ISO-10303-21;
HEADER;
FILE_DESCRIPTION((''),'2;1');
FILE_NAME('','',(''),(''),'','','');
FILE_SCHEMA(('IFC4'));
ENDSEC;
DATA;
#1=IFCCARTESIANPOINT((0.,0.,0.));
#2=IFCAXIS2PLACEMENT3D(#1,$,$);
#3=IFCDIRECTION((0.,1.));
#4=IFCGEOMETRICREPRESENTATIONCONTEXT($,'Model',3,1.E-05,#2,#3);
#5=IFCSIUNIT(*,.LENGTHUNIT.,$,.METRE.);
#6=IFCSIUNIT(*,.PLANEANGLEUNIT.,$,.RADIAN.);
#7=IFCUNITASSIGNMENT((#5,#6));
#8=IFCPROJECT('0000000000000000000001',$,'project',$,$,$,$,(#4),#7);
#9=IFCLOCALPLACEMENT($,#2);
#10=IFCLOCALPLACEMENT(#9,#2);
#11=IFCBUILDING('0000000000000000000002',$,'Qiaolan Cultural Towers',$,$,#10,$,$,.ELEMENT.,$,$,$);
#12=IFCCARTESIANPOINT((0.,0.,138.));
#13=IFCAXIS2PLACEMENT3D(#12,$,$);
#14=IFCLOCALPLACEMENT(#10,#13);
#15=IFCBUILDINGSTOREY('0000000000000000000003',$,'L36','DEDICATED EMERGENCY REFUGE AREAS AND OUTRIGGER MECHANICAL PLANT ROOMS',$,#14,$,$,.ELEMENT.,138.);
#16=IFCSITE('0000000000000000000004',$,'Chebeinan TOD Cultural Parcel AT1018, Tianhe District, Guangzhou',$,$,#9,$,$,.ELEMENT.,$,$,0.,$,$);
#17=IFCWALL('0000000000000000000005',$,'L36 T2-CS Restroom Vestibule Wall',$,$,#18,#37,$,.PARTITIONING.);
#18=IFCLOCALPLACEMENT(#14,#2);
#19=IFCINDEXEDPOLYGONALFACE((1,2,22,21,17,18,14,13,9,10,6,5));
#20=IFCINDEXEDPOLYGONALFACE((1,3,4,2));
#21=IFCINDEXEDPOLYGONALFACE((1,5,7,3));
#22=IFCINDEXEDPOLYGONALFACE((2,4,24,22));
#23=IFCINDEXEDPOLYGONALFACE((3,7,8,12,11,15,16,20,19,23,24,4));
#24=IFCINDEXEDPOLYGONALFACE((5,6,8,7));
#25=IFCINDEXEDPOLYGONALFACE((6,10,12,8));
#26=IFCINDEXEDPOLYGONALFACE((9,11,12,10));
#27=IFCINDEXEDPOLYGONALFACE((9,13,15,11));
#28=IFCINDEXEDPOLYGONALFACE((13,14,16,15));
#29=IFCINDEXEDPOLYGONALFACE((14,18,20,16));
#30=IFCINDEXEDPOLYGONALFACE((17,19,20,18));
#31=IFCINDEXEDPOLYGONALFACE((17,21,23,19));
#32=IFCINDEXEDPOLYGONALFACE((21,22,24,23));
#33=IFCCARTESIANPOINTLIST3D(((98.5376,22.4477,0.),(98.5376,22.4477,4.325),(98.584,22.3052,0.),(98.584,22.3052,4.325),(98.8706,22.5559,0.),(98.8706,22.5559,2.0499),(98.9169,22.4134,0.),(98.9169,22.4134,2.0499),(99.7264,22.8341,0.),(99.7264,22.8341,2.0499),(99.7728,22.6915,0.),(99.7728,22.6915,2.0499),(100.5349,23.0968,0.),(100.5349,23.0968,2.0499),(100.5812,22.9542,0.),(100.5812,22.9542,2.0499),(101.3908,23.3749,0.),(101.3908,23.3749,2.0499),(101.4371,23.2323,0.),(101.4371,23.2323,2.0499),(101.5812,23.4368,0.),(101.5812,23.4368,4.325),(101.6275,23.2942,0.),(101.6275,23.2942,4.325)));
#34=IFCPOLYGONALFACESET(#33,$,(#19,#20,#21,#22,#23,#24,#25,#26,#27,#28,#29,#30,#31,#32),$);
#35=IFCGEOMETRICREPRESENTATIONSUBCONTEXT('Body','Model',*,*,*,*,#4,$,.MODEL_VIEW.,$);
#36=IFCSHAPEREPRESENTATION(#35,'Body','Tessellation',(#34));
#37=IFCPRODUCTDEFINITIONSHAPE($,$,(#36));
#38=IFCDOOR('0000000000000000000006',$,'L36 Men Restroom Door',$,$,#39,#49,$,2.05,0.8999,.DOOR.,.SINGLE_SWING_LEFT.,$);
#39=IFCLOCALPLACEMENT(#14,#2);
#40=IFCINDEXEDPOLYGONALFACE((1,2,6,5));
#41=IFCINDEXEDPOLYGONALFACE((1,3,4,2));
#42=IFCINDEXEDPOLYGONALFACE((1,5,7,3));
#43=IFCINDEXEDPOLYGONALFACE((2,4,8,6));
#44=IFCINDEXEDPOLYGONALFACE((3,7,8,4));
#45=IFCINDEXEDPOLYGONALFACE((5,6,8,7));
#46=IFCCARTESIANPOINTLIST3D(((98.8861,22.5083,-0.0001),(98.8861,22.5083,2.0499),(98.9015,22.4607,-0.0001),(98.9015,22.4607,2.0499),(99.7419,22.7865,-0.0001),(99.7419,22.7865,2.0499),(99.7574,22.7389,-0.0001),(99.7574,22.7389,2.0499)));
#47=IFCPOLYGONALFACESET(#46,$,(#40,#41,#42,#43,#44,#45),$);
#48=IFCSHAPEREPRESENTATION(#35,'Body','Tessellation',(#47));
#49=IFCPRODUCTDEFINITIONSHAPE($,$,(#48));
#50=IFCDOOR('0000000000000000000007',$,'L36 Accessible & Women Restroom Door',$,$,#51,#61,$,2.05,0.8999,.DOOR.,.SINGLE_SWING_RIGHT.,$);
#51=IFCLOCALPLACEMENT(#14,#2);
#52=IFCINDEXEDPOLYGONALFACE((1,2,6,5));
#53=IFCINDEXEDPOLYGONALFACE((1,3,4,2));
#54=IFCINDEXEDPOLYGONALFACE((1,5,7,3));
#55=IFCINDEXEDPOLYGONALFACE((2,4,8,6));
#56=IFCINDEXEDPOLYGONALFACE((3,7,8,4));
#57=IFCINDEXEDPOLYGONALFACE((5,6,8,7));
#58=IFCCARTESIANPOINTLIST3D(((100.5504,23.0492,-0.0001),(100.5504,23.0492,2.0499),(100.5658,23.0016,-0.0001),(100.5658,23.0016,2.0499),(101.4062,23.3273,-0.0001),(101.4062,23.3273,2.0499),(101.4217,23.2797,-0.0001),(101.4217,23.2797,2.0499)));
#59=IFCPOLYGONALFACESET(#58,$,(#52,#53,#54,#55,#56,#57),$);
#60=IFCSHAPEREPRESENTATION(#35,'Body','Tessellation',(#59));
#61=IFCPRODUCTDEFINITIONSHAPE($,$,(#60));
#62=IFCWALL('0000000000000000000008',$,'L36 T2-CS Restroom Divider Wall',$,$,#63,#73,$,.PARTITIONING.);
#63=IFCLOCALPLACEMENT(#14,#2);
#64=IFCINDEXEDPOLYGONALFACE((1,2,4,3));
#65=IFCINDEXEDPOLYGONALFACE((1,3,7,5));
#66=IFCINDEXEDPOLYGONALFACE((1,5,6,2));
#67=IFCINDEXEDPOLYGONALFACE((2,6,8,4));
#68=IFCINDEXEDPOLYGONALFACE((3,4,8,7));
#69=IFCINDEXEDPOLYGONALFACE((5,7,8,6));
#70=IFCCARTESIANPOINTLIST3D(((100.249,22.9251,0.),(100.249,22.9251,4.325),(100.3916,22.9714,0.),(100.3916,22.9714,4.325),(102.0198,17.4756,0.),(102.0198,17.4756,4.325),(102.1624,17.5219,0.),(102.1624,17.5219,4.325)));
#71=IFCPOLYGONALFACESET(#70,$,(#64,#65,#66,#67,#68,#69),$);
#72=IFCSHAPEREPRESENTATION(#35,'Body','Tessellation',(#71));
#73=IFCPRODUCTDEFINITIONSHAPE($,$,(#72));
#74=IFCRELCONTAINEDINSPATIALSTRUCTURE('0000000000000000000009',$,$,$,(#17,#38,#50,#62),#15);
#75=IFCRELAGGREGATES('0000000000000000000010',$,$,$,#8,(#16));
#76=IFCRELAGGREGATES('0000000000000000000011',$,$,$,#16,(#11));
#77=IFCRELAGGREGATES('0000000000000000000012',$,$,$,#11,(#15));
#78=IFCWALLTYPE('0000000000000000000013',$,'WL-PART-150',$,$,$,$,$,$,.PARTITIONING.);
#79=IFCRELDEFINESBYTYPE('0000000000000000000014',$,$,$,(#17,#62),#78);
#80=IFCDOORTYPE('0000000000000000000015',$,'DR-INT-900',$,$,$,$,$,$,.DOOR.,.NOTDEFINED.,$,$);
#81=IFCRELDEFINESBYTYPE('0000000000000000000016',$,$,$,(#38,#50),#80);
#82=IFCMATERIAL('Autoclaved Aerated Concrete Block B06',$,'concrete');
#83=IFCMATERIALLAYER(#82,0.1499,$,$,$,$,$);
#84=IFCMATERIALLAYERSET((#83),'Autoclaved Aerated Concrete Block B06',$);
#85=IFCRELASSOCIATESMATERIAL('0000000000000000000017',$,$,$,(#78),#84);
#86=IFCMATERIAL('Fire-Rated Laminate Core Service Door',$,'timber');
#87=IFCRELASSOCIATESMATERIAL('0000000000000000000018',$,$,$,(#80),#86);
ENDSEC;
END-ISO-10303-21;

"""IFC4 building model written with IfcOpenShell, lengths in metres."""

from ifc_helpers import new_model, si_unit, direction, frame, frame_2d, origin, place, context, subcontext, project, spatial, rectangle, extrude, material, layer, layer_set, type_object, element, fill, save


model = new_model("IFC4")

# Units and contexts
model_context = context("Model", 3, precision=1e-05, world=origin(), true_north=direction((0.0, 1.0)))
body_context = subcontext(model_context, "Body", "Model", "MODEL_VIEW")
ifc_project = project(units=[si_unit("LENGTHUNIT", "METRE"), si_unit("PLANEANGLEUNIT", "RADIAN")], contexts=[model_context])

# Site, building, storey
site_placement = place(None, origin())
site = spatial("IfcSite", under=ifc_project, at=site_placement, Name="Chebeinan TOD Cultural Parcel AT1018, Tianhe District, Guangzhou", CompositionType="ELEMENT", RefElevation=0.0)
building_placement = place(site_placement, origin())
building = spatial("IfcBuilding", under=site, at=building_placement, Name="Qiaolan Cultural Towers", CompositionType="ELEMENT")
storey_placement = place(building_placement, frame((0.0, 0.0, 138.0)))
storey = spatial("IfcBuildingStorey", under=building, at=storey_placement, Name="L36", Description="DEDICATED EMERGENCY REFUGE AREAS AND OUTRIGGER MECHANICAL PLANT ROOMS", CompositionType="ELEMENT", Elevation=138.0)

# Shared definitions
ifc_material_1 = material(Name="Autoclaved Aerated Concrete Block B06", Category="concrete")
ifc_layer_1 = layer(ifc_material_1, 0.1499)
ifc_layer_set_1 = layer_set([ifc_layer_1], Name="Autoclaved Aerated Concrete Block B06")
wall_type_1 = type_object("IfcWallType", Name="WL-PART-150", PredefinedType="PARTITIONING", material=ifc_layer_set_1)

# Wall, openings, doors
wall_1_placement = place(storey_placement, frame((98.5608, 22.3765, 0.0), z_axis=(0.0, 0.0, 1.0), x_axis=(0.951044, 0.309055, 0.0)))
wall_1 = element("IfcWall", 1, at=wall_1_placement, inside=storey, type_object=wall_type_1, Name="L36 T2-CS Restroom Vestibule Wall", PredefinedType="PARTITIONING", context=body_context, shape_type="SweptSolid", body=[
    extrude(rectangle(XDim=3.2002, YDim=0.1499, at=frame_2d((1.6001, 0.0))), origin(), (0.0, 0.0, 1.0), 4.325),
])
opening_1_placement = place(wall_1_placement, frame((0.3501, 0.0, 0.0)))
opening_1 = element("IfcOpeningElement", 2, at=opening_1_placement, cuts=wall_1, PredefinedType="OPENING", context=body_context, shape_type="SweptSolid", body=[
    extrude(rectangle(XDim=0.8999, YDim=2.05, at=frame_2d((0.45, 1.0249))), frame((0.0, 0.085, 0.0), z_axis=(0.0, -1.0, 0.0), x_axis=(1.0, 0.0, 0.0)), (0.0, 0.0, 1.0), 0.1699),
])
opening_2_placement = place(wall_1_placement, frame((2.1001, 0.0, 0.0)))
opening_2 = element("IfcOpeningElement", 3, at=opening_2_placement, cuts=wall_1, PredefinedType="OPENING", context=body_context, shape_type="SweptSolid", body=[
    extrude(rectangle(XDim=0.8999, YDim=2.05, at=frame_2d((0.45, 1.0249))), frame((0.0, 0.085, 0.0), z_axis=(0.0, -1.0, 0.0), x_axis=(1.0, 0.0, 0.0)), (0.0, 0.0, 1.0), 0.1699),
])
ifc_material_2 = material(Name="Fire-Rated Laminate Core Service Door", Category="timber")
door_type_1 = type_object("IfcDoorType", Name="DR-INT-900", OperationType="NOTDEFINED", PredefinedType="DOOR", material=ifc_material_2)
door_1_placement = place(opening_1_placement, origin())
door_1 = element("IfcDoor", 4, at=door_1_placement, inside=storey, type_object=door_type_1, Name="L36 Men Restroom Door", OperationType="SINGLE_SWING_LEFT", OverallHeight=2.05, OverallWidth=0.8999, PredefinedType="DOOR", context=body_context, shape_type="SweptSolid", body=[
    extrude(rectangle(XDim=0.8999, YDim=2.05, at=frame_2d((0.45, 1.0249))), frame((0.0, 0.0249, 0.0), z_axis=(0.0, -1.0, 0.0), x_axis=(1.0, 0.0, 0.0)), (0.0, 0.0, 1.0), 0.05),
])
fill(opening_1, door_1)
door_2_placement = place(opening_2_placement, origin())
door_2 = element("IfcDoor", 5, at=door_2_placement, inside=storey, type_object=door_type_1, Name="L36 Accessible & Women Restroom Door", OperationType="SINGLE_SWING_RIGHT", OverallHeight=2.05, OverallWidth=0.8999, PredefinedType="DOOR", context=body_context, shape_type="SweptSolid", body=[
    extrude(rectangle(XDim=0.8999, YDim=2.05, at=frame_2d((0.45, 1.0249))), frame((0.0, 0.0249, 0.0), z_axis=(0.0, -1.0, 0.0), x_axis=(1.0, 0.0, 0.0)), (0.0, 0.0, 1.0), 0.05),
])
fill(opening_2, door_2)

# Wall
wall_2_placement = place(storey_placement, frame((100.3203, 22.9482, 0.0), z_axis=(0.0, 0.0, 1.0), x_axis=(0.309035, -0.951051, 0.0)))
element("IfcWall", 6, at=wall_2_placement, inside=storey, type_object=wall_type_1, Name="L36 T2-CS Restroom Divider Wall", PredefinedType="PARTITIONING", context=body_context, shape_type="SweptSolid", body=[
    extrude(rectangle(XDim=5.73, YDim=0.1499, at=frame_2d((2.865, 0.0))), origin(), (0.0, 0.0, 1.0), 4.325),
])

save(model, "model.ifc")
